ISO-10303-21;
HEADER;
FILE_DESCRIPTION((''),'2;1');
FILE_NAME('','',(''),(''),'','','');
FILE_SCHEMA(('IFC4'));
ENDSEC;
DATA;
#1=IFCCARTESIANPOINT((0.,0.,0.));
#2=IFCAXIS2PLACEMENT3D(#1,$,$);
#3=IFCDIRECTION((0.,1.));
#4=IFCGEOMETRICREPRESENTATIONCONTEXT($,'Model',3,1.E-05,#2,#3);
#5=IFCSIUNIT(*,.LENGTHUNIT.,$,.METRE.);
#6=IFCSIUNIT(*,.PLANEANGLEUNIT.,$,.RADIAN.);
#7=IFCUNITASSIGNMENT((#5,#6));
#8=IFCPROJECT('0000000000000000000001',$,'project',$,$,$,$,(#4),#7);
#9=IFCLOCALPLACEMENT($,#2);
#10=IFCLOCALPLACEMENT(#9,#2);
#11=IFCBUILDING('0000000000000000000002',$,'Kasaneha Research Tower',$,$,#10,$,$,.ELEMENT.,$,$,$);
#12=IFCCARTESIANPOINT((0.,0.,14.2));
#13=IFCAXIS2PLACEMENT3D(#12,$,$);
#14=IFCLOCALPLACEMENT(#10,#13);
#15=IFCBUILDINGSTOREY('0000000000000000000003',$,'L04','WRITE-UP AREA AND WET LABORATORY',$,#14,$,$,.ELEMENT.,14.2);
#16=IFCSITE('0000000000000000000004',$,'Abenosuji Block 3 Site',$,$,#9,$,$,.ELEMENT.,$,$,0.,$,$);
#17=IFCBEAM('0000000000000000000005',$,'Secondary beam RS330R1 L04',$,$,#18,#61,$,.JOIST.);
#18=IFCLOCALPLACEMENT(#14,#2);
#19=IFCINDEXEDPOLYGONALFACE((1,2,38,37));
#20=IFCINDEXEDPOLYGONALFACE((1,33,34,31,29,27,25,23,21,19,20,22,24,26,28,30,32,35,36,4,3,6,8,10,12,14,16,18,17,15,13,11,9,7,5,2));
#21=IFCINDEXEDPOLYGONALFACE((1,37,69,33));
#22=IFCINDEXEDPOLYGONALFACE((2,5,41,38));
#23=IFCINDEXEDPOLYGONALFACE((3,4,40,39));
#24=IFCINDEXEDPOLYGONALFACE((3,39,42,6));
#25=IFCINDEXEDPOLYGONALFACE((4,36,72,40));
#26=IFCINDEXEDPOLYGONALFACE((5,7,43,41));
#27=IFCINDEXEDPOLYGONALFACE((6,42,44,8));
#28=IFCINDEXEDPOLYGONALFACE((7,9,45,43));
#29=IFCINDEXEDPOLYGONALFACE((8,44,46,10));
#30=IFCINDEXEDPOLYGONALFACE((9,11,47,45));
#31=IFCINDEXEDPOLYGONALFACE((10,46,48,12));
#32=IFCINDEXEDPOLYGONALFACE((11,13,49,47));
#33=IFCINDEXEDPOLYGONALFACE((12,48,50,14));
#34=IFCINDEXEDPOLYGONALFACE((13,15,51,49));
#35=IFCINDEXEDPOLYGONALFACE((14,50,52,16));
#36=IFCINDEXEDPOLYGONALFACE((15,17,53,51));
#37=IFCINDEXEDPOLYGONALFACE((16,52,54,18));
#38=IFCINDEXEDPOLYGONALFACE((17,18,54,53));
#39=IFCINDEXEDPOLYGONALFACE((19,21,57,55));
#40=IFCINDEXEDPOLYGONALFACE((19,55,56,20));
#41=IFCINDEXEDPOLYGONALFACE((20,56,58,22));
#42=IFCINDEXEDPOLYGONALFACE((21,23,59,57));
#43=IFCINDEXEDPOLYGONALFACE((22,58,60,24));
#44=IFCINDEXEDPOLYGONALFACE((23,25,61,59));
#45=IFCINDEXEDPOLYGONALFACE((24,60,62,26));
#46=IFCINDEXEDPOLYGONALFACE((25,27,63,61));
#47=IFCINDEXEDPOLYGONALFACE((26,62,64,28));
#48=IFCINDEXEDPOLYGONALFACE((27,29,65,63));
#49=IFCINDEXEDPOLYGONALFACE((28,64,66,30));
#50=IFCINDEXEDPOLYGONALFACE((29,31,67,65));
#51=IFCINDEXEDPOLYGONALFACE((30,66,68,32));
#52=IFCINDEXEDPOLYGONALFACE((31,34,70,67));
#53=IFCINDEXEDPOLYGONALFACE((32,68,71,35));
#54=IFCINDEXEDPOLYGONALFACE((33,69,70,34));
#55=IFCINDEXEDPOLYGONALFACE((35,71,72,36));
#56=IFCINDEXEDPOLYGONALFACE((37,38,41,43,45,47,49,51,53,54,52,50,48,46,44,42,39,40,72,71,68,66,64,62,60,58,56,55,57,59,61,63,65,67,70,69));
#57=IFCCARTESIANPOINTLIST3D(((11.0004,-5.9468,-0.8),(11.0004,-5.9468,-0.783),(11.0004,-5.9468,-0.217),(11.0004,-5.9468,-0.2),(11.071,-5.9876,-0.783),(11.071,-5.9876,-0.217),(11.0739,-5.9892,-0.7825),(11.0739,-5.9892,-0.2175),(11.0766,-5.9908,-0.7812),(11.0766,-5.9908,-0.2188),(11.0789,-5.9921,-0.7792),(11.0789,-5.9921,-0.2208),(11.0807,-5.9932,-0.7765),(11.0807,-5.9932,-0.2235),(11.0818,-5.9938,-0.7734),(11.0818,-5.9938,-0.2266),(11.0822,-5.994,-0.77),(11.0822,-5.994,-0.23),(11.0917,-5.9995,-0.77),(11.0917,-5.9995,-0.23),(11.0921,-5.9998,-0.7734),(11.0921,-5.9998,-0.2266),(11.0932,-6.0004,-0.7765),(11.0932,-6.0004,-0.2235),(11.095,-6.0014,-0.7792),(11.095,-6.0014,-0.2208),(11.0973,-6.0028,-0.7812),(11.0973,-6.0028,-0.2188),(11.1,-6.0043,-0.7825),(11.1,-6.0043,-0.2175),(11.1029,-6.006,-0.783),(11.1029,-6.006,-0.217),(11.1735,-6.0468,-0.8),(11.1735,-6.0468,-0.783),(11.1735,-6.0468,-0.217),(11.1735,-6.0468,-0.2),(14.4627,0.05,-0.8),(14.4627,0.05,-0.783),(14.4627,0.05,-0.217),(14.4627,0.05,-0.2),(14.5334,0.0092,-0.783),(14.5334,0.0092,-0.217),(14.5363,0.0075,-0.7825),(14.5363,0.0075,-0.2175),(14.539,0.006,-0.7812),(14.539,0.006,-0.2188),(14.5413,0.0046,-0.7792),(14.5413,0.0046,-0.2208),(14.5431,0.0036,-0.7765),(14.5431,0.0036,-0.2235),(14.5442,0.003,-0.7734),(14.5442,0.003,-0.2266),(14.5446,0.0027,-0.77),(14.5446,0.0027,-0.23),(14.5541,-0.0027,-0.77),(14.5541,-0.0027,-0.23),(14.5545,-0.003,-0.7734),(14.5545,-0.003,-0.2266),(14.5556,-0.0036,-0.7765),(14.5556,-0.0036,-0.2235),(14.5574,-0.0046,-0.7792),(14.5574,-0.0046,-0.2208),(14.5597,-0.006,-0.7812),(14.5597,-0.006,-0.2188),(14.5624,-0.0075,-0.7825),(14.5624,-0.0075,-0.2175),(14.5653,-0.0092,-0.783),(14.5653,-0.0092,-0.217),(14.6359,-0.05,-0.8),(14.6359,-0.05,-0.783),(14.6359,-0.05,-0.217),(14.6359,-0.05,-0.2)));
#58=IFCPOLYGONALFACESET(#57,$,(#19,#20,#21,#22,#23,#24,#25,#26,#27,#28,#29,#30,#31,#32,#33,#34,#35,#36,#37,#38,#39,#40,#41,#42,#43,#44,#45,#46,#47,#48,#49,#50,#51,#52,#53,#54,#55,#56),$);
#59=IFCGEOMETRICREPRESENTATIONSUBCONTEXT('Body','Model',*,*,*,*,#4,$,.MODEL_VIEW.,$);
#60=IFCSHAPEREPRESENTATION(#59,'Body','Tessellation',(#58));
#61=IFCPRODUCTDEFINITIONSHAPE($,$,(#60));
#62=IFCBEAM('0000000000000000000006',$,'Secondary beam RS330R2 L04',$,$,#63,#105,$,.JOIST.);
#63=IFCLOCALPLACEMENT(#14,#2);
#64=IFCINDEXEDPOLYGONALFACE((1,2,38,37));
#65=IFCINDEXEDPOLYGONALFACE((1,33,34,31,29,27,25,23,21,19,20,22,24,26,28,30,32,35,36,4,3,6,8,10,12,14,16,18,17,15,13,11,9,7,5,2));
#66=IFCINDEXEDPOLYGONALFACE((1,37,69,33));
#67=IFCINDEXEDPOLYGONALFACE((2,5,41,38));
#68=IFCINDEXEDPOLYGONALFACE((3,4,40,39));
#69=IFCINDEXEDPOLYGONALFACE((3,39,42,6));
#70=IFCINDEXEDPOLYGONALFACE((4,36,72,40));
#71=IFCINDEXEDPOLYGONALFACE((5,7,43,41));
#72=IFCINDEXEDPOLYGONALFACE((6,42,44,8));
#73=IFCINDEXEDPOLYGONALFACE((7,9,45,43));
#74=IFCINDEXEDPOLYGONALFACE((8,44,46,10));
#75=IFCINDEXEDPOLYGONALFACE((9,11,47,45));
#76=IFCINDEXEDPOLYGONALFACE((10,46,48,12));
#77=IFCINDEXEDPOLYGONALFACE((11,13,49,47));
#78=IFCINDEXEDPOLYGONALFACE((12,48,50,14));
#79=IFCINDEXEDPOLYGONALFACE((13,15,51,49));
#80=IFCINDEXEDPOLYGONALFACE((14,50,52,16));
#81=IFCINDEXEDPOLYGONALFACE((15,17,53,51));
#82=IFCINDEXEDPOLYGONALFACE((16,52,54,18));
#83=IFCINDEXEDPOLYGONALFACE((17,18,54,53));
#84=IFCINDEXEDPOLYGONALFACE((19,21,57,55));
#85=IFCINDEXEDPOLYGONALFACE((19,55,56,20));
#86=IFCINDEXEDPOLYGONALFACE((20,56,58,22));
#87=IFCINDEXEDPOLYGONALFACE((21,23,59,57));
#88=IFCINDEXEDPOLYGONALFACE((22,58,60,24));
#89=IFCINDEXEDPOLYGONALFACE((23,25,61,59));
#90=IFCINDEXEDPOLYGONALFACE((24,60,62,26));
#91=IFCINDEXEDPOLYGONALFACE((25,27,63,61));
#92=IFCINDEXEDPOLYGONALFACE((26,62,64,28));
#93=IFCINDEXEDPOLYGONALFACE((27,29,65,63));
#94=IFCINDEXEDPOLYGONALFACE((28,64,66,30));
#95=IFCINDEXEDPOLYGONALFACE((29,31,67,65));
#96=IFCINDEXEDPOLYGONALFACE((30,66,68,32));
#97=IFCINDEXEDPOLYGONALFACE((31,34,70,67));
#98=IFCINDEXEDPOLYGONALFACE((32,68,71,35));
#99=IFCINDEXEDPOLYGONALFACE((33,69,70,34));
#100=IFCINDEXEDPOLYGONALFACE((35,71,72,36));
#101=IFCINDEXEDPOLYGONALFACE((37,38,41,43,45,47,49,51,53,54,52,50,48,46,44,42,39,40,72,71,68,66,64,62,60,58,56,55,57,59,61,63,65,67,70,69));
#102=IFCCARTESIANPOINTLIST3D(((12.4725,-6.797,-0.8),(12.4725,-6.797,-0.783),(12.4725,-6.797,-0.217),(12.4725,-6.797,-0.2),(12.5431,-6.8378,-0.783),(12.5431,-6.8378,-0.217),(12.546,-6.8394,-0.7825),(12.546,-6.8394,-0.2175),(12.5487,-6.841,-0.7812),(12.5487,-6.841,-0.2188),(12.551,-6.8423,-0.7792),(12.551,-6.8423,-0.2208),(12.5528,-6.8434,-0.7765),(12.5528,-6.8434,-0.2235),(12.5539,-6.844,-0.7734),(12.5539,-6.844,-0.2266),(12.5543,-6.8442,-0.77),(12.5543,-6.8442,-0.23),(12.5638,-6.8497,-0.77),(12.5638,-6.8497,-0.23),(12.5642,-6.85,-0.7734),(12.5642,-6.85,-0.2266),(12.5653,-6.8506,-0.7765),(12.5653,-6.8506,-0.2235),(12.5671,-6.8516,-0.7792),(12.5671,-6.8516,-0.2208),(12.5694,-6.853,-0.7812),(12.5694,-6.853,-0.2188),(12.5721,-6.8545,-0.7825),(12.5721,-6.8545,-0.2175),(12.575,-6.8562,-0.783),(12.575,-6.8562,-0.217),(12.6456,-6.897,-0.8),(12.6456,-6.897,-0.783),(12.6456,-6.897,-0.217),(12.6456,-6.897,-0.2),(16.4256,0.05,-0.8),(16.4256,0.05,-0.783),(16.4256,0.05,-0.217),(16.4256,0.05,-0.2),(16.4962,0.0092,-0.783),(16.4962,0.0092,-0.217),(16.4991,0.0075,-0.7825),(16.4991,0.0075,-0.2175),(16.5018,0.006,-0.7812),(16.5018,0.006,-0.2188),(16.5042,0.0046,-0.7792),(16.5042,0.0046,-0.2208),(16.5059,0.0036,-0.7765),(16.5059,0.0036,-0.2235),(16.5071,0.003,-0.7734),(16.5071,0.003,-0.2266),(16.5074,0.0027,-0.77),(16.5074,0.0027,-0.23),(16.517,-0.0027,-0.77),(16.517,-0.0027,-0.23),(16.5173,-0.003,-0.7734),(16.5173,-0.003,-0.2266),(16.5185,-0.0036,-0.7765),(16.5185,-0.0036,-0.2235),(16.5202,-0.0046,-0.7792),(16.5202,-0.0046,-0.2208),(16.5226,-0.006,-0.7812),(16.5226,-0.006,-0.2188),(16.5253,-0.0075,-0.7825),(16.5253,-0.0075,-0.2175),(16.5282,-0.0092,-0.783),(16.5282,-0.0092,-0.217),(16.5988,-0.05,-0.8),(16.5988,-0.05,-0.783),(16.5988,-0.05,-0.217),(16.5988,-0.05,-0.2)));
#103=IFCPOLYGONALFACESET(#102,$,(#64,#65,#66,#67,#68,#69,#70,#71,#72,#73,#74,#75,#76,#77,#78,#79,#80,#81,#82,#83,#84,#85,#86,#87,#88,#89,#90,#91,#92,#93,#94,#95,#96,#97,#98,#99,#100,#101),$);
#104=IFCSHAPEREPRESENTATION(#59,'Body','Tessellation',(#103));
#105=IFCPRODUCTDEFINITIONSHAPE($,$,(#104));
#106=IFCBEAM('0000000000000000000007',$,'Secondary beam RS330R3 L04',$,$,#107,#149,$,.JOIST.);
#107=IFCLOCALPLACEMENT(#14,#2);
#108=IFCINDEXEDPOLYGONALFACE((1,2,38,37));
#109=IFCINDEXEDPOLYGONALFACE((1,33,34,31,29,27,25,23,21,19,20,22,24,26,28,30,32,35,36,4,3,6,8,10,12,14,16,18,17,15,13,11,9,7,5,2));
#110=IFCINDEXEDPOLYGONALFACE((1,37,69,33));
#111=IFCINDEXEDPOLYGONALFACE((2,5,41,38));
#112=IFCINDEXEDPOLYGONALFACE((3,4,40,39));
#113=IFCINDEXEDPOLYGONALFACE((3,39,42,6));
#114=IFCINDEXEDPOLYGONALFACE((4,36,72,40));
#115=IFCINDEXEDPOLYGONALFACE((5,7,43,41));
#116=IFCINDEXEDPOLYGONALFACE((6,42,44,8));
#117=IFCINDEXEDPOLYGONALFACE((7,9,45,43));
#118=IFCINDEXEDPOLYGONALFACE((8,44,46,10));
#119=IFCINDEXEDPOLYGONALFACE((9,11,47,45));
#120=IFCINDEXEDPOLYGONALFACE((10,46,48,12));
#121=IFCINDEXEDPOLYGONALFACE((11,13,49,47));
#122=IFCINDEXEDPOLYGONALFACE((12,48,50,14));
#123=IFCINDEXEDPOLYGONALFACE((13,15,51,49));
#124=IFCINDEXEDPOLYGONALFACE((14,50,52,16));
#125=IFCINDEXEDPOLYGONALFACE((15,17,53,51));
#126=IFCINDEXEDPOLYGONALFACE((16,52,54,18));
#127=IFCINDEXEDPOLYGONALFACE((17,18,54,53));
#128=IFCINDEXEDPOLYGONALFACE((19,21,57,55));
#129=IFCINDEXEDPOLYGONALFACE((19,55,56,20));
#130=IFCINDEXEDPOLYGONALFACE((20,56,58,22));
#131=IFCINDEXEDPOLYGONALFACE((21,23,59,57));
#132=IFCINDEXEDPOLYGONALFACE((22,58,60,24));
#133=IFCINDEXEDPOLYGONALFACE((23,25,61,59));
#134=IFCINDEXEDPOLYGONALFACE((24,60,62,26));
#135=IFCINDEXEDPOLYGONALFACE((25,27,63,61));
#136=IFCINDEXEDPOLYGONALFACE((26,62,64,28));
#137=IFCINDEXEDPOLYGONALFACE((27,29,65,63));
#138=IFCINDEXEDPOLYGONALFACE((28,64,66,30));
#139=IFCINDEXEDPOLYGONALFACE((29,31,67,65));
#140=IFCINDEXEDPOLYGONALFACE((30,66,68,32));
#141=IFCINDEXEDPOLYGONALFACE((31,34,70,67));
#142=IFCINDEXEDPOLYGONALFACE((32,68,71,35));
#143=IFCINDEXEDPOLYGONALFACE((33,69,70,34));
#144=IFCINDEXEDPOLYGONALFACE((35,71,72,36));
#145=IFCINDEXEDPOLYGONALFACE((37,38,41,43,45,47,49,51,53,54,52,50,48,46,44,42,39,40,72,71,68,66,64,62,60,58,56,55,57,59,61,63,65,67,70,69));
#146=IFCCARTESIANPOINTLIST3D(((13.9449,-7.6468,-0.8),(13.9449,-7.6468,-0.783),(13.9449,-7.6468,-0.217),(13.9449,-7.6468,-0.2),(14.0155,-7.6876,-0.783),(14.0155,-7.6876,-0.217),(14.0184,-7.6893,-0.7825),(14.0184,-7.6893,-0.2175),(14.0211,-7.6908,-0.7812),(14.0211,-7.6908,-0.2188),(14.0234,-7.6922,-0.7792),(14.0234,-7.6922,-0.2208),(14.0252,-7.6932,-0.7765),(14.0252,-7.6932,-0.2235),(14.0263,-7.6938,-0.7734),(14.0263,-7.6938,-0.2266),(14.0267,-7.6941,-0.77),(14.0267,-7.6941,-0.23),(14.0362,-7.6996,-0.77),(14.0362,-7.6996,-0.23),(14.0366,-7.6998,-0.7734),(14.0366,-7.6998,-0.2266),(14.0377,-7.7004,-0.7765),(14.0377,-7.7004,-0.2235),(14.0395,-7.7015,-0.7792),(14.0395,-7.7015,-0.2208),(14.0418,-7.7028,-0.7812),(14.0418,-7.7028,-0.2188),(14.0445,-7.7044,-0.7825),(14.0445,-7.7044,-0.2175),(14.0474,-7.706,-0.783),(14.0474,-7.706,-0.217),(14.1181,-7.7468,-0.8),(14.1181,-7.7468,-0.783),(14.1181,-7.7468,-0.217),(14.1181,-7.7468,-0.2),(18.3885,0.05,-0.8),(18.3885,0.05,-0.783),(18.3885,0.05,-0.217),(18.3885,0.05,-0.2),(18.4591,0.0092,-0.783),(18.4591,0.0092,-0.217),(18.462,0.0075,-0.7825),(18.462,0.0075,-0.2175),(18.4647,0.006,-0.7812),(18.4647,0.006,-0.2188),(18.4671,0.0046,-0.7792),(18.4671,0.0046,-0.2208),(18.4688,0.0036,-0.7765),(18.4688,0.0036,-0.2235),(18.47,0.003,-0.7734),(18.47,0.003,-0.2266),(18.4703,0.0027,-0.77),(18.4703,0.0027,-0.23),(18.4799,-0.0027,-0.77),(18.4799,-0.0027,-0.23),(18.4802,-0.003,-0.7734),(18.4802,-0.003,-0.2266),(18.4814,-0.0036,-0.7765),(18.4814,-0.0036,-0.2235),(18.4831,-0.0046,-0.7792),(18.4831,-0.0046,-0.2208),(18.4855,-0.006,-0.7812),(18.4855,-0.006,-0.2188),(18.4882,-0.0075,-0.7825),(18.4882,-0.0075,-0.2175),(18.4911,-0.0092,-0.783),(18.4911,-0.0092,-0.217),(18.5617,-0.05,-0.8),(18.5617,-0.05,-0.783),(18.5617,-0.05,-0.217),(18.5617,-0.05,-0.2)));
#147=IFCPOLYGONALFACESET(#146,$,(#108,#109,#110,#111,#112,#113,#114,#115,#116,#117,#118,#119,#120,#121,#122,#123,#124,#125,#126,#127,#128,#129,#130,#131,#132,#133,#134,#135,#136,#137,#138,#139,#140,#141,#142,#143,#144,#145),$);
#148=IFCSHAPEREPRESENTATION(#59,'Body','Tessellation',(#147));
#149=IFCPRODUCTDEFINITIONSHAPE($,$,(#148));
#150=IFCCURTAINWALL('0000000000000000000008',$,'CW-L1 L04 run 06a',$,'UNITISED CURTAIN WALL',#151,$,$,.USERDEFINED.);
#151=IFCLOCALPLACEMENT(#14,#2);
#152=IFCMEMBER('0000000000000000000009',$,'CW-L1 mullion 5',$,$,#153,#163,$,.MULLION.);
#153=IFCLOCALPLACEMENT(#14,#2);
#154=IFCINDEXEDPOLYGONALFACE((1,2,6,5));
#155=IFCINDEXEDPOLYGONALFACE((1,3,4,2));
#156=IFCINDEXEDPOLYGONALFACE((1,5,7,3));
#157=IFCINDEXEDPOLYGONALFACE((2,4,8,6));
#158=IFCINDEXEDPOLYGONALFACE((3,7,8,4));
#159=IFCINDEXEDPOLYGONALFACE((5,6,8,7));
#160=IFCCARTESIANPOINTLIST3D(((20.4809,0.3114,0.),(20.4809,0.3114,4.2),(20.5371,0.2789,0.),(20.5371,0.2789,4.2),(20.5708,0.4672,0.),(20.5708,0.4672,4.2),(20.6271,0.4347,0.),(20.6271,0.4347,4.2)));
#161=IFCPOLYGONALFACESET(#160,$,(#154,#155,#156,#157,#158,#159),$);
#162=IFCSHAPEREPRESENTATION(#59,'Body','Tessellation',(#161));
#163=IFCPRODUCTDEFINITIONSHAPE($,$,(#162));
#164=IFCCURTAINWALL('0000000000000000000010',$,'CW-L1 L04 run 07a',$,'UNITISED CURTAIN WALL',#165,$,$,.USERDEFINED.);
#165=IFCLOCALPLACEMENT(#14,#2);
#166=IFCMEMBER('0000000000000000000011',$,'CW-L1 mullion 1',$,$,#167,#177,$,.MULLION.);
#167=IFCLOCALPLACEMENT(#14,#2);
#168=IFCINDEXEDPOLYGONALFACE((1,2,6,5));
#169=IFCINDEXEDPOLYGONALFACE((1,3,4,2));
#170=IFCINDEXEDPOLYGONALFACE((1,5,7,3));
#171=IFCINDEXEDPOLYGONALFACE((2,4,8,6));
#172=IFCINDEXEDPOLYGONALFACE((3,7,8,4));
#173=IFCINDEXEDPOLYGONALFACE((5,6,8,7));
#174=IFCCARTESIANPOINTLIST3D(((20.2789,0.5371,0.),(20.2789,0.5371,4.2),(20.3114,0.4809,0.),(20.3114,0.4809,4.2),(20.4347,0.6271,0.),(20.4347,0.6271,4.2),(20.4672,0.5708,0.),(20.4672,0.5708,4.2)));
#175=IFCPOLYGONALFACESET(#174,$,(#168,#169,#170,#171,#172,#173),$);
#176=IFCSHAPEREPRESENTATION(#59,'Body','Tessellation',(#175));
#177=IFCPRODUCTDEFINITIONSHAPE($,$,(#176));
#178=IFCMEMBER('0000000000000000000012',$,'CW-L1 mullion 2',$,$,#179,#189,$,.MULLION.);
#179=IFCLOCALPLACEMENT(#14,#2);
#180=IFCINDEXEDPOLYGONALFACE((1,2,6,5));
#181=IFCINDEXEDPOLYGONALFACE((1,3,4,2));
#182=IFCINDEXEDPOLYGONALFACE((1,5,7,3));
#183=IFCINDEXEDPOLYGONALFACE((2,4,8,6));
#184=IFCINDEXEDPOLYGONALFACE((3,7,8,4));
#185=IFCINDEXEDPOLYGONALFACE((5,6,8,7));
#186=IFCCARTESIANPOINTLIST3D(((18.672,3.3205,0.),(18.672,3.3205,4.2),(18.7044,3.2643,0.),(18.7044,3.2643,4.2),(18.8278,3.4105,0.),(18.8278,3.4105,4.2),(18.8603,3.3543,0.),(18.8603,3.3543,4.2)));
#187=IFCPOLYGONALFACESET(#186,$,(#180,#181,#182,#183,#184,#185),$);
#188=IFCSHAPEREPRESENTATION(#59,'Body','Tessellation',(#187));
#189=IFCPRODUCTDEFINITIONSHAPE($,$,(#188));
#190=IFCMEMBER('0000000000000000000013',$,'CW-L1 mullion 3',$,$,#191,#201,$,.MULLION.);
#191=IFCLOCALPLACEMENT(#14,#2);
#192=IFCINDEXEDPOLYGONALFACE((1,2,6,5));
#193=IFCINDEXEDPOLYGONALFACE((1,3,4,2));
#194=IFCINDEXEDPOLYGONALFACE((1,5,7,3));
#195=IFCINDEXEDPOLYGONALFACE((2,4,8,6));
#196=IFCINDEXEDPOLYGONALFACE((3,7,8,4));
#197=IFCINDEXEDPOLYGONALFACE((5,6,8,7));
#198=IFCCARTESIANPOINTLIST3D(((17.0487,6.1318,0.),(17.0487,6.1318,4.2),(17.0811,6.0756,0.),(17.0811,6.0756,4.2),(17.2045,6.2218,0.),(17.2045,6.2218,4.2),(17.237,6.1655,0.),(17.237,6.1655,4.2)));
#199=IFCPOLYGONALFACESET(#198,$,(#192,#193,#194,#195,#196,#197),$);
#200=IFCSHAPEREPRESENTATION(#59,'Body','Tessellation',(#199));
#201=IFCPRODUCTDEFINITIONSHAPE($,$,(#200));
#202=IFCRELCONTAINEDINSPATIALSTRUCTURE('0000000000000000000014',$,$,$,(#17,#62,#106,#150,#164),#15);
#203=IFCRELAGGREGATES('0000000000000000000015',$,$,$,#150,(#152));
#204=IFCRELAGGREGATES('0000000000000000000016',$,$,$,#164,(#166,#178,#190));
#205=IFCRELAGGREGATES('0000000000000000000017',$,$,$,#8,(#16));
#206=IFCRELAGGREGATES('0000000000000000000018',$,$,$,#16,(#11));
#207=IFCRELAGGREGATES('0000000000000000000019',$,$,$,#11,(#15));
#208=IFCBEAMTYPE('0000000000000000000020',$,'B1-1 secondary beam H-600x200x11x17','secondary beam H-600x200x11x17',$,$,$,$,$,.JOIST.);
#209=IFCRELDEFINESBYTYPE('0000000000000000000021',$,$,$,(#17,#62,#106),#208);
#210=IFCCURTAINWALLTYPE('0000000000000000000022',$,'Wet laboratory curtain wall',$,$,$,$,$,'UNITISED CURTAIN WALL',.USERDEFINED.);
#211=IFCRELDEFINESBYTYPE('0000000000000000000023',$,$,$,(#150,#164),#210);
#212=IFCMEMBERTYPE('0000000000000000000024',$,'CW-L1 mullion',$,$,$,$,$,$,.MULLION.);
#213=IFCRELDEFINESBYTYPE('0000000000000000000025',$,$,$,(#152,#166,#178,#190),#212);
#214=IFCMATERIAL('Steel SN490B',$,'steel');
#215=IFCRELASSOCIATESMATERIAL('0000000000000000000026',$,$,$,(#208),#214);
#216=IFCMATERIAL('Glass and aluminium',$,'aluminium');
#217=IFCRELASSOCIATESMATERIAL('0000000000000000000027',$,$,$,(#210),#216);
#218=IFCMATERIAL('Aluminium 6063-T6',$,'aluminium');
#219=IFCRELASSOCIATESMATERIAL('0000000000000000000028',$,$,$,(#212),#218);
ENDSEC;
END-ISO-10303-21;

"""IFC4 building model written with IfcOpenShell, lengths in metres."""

from ifc_helpers import new_model, si_unit, direction, frame, origin, origin_2d, place, context, subcontext, project, spatial, rectangle, i_section, extrude, material, material_profile, profile_set, type_object, element, aggregate, save


model = new_model("IFC4")

# Units and contexts
model_context = context("Model", 3, precision=1e-05, world=origin(), true_north=direction((0.0, 1.0)))
body_context = subcontext(model_context, "Body", "Model", "MODEL_VIEW")
ifc_project = project(units=[si_unit("LENGTHUNIT", "METRE"), si_unit("PLANEANGLEUNIT", "RADIAN")], contexts=[model_context])

# Site, building, storey
site_placement = place(None, origin())
site = spatial("IfcSite", under=ifc_project, at=site_placement, Name="Abenosuji Block 3 Site", CompositionType="ELEMENT", RefElevation=0.0)
building_placement = place(site_placement, origin())
building = spatial("IfcBuilding", under=site, at=building_placement, Name="Kasaneha Research Tower", CompositionType="ELEMENT")
storey_placement = place(building_placement, frame((0.0, 0.0, 14.2)))
storey = spatial("IfcBuildingStorey", under=building, at=storey_placement, Name="L04", Description="WRITE-UP AREA AND WET LABORATORY", CompositionType="ELEMENT", Elevation=14.2)

# Beams
ifc_material_1 = material(Name="Steel SN490B", Category="steel")
ifc_material_profile_1 = material_profile(ifc_material_1, i_section(OverallWidth=0.2, OverallDepth=0.6001, WebThickness=0.011, FlangeThickness=0.0171, FilletRadius=0.0129, at=origin_2d()), Name="H-600x200x11x17")
ifc_profile_set_1 = profile_set([ifc_material_profile_1], Name="Steel SN490B")
beam_type_1 = type_object("IfcBeamType", Name="B1-1 secondary beam H-600x200x11x17", Description="secondary beam H-600x200x11x17", PredefinedType="JOIST", material=ifc_profile_set_1)
beam_1_placement = place(storey_placement, frame((14.5493, 0.0, -0.5), z_axis=(-0.500014, -0.866017, 0.0), x_axis=(0.866017, -0.500014, 0.0)))
element("IfcBeam", 1, at=beam_1_placement, inside=storey, type_object=beam_type_1, Name="Secondary beam RS330R1 L04", PredefinedType="JOIST", context=body_context, shape_type="SweptSolid", body=[
    extrude(i_section(OverallWidth=0.2, OverallDepth=0.6001, WebThickness=0.011, FlangeThickness=0.0171, FilletRadius=0.0129, at=origin_2d()), origin(), (0.0, 0.0, 1.0), 6.9246),
])
beam_2_placement = place(storey_placement, frame((16.5122, 0.0, -0.5), z_axis=(-0.500005, -0.866023, 0.0), x_axis=(0.866023, -0.500005, 0.0)))
element("IfcBeam", 2, at=beam_2_placement, inside=storey, type_object=beam_type_1, Name="Secondary beam RS330R2 L04", PredefinedType="JOIST", context=body_context, shape_type="SweptSolid", body=[
    extrude(i_section(OverallWidth=0.2, OverallDepth=0.6001, WebThickness=0.011, FlangeThickness=0.0171, FilletRadius=0.0129, at=origin_2d()), origin(), (0.0, 0.0, 1.0), 7.9062),
])
beam_3_placement = place(storey_placement, frame((18.4751, 0.0, -0.5), z_axis=(-0.499989, -0.866032, 0.0), x_axis=(0.866032, -0.499989, 0.0)))
element("IfcBeam", 3, at=beam_3_placement, inside=storey, type_object=beam_type_1, Name="Secondary beam RS330R3 L04", PredefinedType="JOIST", context=body_context, shape_type="SweptSolid", body=[
    extrude(i_section(OverallWidth=0.2, OverallDepth=0.6001, WebThickness=0.011, FlangeThickness=0.0171, FilletRadius=0.0129, at=origin_2d()), origin(), (0.0, 0.0, 1.0), 8.8875),
])

# Curtain wall, member
ifc_material_2 = material(Name="Glass and aluminium", Category="aluminium")
curtain_wall_type = type_object("IfcCurtainWallType", Name="Wet laboratory curtain wall", ElementType="UNITISED CURTAIN WALL", PredefinedType="USERDEFINED", material=ifc_material_2)
curtain_wall_1_placement = place(storey_placement, origin())
curtain_wall_1 = element("IfcCurtainWall", 4, at=curtain_wall_1_placement, inside=storey, type_object=curtain_wall_type, Name="CW-L1 L04 run 06a", ObjectType="UNITISED CURTAIN WALL", PredefinedType="USERDEFINED")
ifc_material_3 = material(Name="Aluminium 6063-T6", Category="aluminium")
ifc_material_profile_2 = material_profile(ifc_material_3, rectangle(XDim=0.0649, YDim=0.1799, at=origin_2d()), Name="CW-L1 mullion 65x180")
ifc_profile_set_2 = profile_set([ifc_material_profile_2], Name="Aluminium 6063-T6")
member_type_1 = type_object("IfcMemberType", Name="CW-L1 mullion", PredefinedType="MULLION", material=ifc_profile_set_2)
member_1_placement = place(storey_placement, frame((20.554, 0.373, 0.0), z_axis=(0.0, 0.0, 1.0), x_axis=(-0.866025, 0.5, 0.0)))
member_1 = element("IfcMember", 5, at=member_1_placement, type_object=member_type_1, Name="CW-L1 mullion 5", PredefinedType="MULLION", context=body_context, shape_type="SweptSolid", body=[
    extrude(rectangle(XDim=0.0649, YDim=0.1799, at=origin_2d()), origin(), (0.0, 0.0, 1.0), 4.2),
])
aggregate(curtain_wall_1, [member_1])

# Curtain wall, members
curtain_wall_2_placement = place(storey_placement, origin())
curtain_wall_2 = element("IfcCurtainWall", 6, at=curtain_wall_2_placement, inside=storey, type_object=curtain_wall_type, Name="CW-L1 L04 run 07a", ObjectType="UNITISED CURTAIN WALL", PredefinedType="USERDEFINED")
member_2_placement = place(storey_placement, frame((20.373, 0.554, 0.0), z_axis=(0.0, 0.0, 1.0), x_axis=(-0.5, 0.866025, 0.0)))
member_2 = element("IfcMember", 7, at=member_2_placement, type_object=member_type_1, Name="CW-L1 mullion 1", PredefinedType="MULLION", context=body_context, shape_type="SweptSolid", body=[
    extrude(rectangle(XDim=0.0649, YDim=0.1799, at=origin_2d()), origin(), (0.0, 0.0, 1.0), 4.2),
])
member_3_placement = place(storey_placement, frame((18.7661, 3.3374, 0.0), z_axis=(0.0, 0.0, 1.0), x_axis=(-0.5, 0.866025, 0.0)))
member_3 = element("IfcMember", 8, at=member_3_placement, type_object=member_type_1, Name="CW-L1 mullion 2", PredefinedType="MULLION", context=body_context, shape_type="SweptSolid", body=[
    extrude(rectangle(XDim=0.0649, YDim=0.1799, at=origin_2d()), origin(), (0.0, 0.0, 1.0), 4.2),
])
member_4_placement = place(storey_placement, frame((17.1428, 6.1487, 0.0), z_axis=(0.0, 0.0, 1.0), x_axis=(-0.5, 0.866025, 0.0)))
member_4 = element("IfcMember", 9, at=member_4_placement, type_object=member_type_1, Name="CW-L1 mullion 3", PredefinedType="MULLION", context=body_context, shape_type="SweptSolid", body=[
    extrude(rectangle(XDim=0.0649, YDim=0.1799, at=origin_2d()), origin(), (0.0, 0.0, 1.0), 4.2),
])

aggregate(curtain_wall_2, [member_2, member_3, member_4])

save(model, "model.ifc")
